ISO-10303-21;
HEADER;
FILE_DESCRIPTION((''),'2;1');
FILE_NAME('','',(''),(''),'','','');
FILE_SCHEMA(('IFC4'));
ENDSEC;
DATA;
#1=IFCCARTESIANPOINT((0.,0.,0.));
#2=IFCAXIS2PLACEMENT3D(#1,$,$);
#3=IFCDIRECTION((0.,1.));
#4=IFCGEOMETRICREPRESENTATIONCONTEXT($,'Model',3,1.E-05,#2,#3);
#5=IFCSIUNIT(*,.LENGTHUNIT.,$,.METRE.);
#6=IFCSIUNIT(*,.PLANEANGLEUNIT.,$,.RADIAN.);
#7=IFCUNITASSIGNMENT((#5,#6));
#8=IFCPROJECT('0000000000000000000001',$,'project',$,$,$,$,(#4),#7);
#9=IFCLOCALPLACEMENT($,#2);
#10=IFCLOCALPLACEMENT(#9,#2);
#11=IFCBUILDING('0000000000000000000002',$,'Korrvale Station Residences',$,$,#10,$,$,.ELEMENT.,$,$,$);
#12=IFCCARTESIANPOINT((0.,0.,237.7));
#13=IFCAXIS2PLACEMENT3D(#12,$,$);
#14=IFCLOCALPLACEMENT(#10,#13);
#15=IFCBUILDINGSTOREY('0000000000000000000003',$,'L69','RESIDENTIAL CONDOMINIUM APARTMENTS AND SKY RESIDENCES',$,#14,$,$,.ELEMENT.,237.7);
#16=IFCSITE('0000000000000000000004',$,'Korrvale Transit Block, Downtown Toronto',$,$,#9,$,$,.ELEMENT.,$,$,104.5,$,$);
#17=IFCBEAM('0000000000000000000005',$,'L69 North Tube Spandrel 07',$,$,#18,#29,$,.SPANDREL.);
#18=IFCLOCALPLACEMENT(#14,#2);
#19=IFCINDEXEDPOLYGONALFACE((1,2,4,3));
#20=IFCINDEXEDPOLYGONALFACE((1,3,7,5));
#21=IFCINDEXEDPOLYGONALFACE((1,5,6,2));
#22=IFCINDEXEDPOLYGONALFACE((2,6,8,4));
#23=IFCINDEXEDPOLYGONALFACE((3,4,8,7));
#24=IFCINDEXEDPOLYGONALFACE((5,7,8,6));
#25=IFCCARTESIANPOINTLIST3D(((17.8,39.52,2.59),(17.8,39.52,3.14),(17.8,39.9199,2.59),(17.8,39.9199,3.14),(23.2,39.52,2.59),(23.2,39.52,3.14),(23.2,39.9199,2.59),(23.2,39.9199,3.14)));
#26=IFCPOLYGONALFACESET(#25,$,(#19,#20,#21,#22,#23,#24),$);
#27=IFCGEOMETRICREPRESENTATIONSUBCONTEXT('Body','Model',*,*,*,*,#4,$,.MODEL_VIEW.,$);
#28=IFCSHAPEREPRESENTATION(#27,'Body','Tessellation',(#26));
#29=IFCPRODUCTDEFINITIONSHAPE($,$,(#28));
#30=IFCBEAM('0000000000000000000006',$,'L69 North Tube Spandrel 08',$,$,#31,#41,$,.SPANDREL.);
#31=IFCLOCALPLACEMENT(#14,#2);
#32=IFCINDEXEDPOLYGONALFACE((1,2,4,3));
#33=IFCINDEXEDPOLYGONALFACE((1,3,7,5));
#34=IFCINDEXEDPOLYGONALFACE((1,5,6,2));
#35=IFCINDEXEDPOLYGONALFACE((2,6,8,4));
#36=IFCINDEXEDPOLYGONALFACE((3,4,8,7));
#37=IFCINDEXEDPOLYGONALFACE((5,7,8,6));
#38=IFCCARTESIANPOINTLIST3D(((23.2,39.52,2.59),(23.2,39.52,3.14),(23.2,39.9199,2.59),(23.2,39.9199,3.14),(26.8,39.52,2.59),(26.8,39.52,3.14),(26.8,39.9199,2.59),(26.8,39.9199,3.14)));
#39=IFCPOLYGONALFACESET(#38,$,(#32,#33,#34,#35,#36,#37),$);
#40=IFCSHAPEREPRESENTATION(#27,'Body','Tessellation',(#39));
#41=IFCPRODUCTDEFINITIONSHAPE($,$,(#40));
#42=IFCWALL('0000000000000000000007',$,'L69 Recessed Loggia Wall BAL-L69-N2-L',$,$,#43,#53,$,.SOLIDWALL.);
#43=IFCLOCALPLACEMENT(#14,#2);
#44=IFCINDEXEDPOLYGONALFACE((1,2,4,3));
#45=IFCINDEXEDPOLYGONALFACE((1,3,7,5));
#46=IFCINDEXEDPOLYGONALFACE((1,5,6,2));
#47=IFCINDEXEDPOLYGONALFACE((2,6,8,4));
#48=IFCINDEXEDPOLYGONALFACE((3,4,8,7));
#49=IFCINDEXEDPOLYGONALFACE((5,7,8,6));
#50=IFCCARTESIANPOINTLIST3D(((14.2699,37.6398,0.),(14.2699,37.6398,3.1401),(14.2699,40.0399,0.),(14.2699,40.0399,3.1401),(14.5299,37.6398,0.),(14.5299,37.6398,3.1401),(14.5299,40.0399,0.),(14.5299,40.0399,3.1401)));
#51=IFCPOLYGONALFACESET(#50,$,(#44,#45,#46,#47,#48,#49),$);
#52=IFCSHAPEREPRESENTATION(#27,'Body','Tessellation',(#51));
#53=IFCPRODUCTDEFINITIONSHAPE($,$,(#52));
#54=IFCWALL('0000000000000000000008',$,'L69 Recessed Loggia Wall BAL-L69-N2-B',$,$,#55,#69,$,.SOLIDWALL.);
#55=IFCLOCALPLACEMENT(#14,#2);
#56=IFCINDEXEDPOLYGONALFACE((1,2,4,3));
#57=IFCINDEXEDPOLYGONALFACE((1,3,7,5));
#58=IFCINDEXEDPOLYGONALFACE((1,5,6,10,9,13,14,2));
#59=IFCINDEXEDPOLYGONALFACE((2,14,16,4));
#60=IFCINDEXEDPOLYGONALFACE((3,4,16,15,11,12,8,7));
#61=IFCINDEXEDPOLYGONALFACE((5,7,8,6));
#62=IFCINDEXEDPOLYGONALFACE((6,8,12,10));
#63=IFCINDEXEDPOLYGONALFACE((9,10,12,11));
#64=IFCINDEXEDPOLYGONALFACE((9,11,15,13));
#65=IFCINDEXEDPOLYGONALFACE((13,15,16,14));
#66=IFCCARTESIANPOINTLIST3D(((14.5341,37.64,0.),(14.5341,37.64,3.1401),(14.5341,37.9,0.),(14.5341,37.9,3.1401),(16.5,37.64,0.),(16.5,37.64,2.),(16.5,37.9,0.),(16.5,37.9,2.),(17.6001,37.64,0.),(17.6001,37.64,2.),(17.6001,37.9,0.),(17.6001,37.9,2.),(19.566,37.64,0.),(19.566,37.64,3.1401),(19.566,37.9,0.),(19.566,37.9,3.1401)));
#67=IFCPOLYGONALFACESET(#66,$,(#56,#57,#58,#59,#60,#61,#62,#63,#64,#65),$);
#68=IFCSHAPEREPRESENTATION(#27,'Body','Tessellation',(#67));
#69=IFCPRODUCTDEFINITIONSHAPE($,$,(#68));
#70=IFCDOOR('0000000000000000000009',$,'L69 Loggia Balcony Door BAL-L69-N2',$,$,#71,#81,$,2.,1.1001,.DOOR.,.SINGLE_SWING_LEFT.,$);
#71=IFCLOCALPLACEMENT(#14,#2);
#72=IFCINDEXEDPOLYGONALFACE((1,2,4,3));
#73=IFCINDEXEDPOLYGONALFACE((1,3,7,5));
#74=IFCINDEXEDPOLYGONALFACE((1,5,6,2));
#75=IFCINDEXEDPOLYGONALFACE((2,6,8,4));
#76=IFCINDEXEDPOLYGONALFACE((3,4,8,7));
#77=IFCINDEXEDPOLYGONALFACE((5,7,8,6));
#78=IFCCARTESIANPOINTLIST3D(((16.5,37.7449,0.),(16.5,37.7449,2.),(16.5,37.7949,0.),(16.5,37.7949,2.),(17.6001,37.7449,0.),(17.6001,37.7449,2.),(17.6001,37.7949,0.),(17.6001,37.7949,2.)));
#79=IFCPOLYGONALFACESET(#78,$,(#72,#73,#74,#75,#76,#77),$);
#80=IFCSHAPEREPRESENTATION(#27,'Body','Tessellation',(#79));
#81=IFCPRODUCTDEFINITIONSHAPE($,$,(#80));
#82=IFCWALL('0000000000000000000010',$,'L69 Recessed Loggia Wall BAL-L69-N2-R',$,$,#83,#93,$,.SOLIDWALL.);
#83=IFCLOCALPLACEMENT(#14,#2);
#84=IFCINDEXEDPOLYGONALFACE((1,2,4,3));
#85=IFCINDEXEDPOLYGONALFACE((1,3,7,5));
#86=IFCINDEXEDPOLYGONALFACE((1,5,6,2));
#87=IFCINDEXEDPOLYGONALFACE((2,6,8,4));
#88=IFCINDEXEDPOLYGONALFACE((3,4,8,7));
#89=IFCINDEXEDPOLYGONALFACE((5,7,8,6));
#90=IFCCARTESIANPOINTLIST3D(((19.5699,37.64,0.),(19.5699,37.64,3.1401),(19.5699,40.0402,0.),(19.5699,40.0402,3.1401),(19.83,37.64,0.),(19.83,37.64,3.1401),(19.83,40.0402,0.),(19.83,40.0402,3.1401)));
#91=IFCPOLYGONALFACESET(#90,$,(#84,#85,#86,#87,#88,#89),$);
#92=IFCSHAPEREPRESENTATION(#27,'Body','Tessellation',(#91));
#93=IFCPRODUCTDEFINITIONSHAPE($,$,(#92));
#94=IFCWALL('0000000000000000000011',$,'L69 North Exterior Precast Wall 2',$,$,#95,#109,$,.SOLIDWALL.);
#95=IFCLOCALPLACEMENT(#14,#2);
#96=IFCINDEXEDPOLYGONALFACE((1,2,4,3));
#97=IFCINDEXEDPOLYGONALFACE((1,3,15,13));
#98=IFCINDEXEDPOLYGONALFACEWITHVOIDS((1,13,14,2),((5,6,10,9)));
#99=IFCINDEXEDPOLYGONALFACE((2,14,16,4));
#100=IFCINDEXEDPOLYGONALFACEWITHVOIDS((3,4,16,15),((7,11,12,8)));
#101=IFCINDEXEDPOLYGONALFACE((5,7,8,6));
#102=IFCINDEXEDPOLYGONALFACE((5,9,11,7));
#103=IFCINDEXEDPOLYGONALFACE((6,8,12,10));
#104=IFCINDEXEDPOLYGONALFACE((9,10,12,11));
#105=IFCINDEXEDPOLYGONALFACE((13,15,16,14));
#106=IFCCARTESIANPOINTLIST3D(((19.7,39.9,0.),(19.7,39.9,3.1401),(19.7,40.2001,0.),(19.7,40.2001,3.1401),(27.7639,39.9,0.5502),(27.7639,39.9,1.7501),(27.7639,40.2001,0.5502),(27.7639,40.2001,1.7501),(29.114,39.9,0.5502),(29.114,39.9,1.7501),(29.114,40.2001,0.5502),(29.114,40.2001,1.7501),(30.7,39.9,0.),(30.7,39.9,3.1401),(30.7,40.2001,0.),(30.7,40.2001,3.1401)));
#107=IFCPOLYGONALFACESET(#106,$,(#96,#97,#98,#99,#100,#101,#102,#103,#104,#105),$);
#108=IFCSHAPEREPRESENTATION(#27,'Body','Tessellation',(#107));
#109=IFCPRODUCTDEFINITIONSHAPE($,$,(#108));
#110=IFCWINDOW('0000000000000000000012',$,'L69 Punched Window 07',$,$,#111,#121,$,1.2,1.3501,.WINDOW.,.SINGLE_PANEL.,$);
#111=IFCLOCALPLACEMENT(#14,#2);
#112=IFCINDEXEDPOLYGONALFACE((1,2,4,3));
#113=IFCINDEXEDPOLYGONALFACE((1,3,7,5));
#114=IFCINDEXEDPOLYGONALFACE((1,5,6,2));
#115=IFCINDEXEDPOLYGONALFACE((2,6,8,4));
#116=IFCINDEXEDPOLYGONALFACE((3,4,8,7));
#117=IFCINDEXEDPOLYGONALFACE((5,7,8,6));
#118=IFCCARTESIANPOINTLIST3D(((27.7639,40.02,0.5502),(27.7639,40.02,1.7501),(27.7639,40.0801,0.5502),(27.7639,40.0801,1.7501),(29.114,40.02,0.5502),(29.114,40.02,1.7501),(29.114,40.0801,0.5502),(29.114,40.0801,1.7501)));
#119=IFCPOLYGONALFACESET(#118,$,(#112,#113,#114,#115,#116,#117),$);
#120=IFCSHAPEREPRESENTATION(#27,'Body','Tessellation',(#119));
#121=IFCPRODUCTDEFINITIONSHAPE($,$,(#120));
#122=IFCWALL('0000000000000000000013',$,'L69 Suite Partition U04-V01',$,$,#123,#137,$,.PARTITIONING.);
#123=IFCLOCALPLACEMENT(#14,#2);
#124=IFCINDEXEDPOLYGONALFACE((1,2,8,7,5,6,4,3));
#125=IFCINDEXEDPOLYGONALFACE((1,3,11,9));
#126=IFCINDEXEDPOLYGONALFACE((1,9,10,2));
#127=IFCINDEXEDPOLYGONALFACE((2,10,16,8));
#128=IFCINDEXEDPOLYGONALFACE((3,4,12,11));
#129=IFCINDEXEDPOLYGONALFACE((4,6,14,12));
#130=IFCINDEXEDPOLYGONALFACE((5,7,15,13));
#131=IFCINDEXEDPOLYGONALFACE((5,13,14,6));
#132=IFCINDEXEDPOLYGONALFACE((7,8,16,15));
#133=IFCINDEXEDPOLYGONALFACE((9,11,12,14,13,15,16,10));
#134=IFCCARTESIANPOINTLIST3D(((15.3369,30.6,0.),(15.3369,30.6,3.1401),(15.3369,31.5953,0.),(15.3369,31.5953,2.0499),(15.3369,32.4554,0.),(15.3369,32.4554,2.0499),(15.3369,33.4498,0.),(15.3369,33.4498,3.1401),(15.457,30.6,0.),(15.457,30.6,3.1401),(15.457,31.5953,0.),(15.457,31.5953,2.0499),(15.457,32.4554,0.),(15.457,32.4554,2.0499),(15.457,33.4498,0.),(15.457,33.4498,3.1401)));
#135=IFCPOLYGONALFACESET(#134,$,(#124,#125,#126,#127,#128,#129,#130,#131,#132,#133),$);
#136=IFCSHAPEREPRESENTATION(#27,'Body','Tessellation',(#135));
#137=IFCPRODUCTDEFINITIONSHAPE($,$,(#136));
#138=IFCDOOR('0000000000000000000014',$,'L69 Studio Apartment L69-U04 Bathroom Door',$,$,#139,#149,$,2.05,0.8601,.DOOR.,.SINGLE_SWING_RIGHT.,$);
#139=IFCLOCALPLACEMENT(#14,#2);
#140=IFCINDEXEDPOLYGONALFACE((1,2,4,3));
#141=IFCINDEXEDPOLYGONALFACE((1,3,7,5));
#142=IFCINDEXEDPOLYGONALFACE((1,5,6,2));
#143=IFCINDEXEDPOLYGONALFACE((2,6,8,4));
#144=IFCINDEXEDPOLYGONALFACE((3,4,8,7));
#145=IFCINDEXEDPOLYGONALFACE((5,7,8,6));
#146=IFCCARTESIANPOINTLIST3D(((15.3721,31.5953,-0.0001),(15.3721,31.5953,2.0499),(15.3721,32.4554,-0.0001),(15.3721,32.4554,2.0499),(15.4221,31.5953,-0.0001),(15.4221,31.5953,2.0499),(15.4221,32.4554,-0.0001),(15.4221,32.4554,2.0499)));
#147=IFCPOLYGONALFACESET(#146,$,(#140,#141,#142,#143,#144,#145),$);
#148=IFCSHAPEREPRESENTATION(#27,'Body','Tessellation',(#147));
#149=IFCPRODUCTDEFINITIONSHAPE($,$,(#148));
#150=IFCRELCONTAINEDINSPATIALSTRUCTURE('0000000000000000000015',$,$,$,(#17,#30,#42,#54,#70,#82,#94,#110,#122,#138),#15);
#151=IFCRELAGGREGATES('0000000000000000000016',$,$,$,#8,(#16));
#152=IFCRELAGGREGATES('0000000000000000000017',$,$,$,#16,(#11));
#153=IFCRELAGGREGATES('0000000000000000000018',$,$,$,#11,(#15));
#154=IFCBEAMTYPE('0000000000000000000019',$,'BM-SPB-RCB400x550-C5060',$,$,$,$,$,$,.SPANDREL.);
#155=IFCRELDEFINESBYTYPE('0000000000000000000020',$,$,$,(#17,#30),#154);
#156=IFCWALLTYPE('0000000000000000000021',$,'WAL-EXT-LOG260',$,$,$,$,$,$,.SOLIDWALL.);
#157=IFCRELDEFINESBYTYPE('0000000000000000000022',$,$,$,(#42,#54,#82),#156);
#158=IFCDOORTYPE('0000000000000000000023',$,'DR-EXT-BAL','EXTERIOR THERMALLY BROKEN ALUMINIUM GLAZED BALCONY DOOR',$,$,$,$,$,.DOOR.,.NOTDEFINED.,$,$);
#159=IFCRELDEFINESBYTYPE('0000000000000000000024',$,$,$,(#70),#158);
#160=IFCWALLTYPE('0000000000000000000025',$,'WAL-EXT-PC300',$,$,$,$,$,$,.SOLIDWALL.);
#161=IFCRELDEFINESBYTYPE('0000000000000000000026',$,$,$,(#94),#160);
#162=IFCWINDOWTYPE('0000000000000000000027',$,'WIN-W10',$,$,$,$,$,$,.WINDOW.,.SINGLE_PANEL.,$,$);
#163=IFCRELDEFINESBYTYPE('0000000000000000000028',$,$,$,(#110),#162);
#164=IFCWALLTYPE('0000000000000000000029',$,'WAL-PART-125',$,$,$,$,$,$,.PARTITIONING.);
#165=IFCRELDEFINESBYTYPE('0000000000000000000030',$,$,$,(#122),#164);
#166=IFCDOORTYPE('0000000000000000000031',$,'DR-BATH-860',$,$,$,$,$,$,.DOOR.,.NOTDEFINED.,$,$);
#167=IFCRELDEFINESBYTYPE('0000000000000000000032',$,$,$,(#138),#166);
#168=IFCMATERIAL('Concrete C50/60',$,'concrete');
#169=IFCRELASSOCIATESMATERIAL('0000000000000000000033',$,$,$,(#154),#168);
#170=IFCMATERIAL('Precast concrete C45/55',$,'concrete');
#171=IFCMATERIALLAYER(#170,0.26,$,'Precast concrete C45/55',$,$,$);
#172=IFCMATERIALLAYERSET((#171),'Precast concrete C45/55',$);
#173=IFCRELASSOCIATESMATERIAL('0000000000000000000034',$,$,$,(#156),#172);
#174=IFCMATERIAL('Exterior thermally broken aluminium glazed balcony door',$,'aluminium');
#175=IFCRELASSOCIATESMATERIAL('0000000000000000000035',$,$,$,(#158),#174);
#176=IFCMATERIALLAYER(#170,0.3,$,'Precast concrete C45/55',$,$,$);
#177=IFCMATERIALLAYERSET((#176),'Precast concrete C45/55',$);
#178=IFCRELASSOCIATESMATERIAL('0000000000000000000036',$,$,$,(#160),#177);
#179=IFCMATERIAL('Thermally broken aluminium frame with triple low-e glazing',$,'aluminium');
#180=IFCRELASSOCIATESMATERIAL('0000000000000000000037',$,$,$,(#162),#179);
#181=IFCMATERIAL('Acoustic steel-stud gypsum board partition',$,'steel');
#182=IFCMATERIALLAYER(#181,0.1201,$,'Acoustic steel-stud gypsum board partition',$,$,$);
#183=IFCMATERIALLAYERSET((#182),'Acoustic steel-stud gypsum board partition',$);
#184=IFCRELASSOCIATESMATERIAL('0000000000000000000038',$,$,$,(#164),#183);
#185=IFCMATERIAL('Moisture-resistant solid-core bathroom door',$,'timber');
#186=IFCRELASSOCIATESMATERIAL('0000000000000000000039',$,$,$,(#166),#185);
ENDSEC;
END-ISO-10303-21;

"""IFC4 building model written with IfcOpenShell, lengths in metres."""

from ifc_helpers import new_model, si_unit, direction, frame, frame_2d, origin, origin_2d, place, context, subcontext, project, spatial, rectangle, extrude, material, layer, layer_set, material_profile, profile_set, type_object, element, fill, save


model = new_model("IFC4")

# Units and contexts
model_context = context("Model", 3, precision=1e-05, world=origin(), true_north=direction((0.0, 1.0)))
body_context = subcontext(model_context, "Body", "Model", "MODEL_VIEW")
ifc_project = project(units=[si_unit("LENGTHUNIT", "METRE"), si_unit("PLANEANGLEUNIT", "RADIAN")], contexts=[model_context])

# Site, building, storey
site_placement = place(None, origin())
site = spatial("IfcSite", under=ifc_project, at=site_placement, Name="Korrvale Transit Block, Downtown Toronto", CompositionType="ELEMENT", RefElevation=104.5)
building_placement = place(site_placement, origin())
building = spatial("IfcBuilding", under=site, at=building_placement, Name="Korrvale Station Residences", CompositionType="ELEMENT")
storey_placement = place(building_placement, frame((0.0, 0.0, 237.7)))
storey = spatial("IfcBuildingStorey", under=building, at=storey_placement, Name="L69", Description="RESIDENTIAL CONDOMINIUM APARTMENTS AND SKY RESIDENCES", CompositionType="ELEMENT", Elevation=237.7)

# Shared definitions
ifc_material_1 = material(Name="Concrete C50/60", Category="concrete")

# Beams
ifc_material_profile_1 = material_profile(ifc_material_1, rectangle(XDim=0.3999, YDim=0.55, at=origin_2d()), Name="RCB400x550")
ifc_profile_set_1 = profile_set([ifc_material_profile_1], Name="Concrete C50/60")
beam_type_1 = type_object("IfcBeamType", Name="BM-SPB-RCB400x550-C5060", PredefinedType="SPANDREL", material=ifc_profile_set_1)
beam_1_placement = place(storey_placement, frame((17.8, 39.72, 2.865), z_axis=(1.0, 0.0, 0.0), x_axis=(0.0, 1.0, 0.0)))
element("IfcBeam", 1, at=beam_1_placement, inside=storey, type_object=beam_type_1, Name="L69 North Tube Spandrel 07", PredefinedType="SPANDREL", context=body_context, shape_type="SweptSolid", body=[
    extrude(rectangle(XDim=0.3999, YDim=0.55, at=origin_2d()), origin(), (0.0, 0.0, 1.0), 5.3999),
])
beam_2_placement = place(storey_placement, frame((23.2, 39.72, 2.865), z_axis=(1.0, 0.0, 0.0), x_axis=(0.0, 1.0, 0.0)))
element("IfcBeam", 2, at=beam_2_placement, inside=storey, type_object=beam_type_1, Name="L69 North Tube Spandrel 08", PredefinedType="SPANDREL", context=body_context, shape_type="SweptSolid", body=[
    extrude(rectangle(XDim=0.3999, YDim=0.55, at=origin_2d()), origin(), (0.0, 0.0, 1.0), 3.6001),
])

# Wall
ifc_material_2 = material(Name="Precast concrete C45/55", Category="concrete")
ifc_layer_1 = layer(ifc_material_2, 0.26, Name="Precast concrete C45/55")
ifc_layer_set_1 = layer_set([ifc_layer_1], Name="Precast concrete C45/55")
wall_type_1 = type_object("IfcWallType", Name="WAL-EXT-LOG260", PredefinedType="SOLIDWALL", material=ifc_layer_set_1)
wall_1_placement = place(storey_placement, frame((14.3999, 40.04, 0.0), z_axis=(0.0, 0.0, 1.0), x_axis=(0.0, -1.0, 0.0)))
element("IfcWall", 3, at=wall_1_placement, inside=storey, type_object=wall_type_1, Name="L69 Recessed Loggia Wall BAL-L69-N2-L", PredefinedType="SOLIDWALL", context=body_context, shape_type="SweptSolid", body=[
    extrude(rectangle(XDim=2.4001, YDim=0.26, at=frame_2d((1.2002, 0.0))), origin(), (0.0, 0.0, 1.0), 3.1401),
])

# Wall, opening, door
wall_2_placement = place(storey_placement, frame((14.5339, 37.77, 0.0), z_axis=(0.0, 0.0, 1.0), x_axis=(1.0, 0.0, 0.0)))
wall_2 = element("IfcWall", 4, at=wall_2_placement, inside=storey, type_object=wall_type_1, Name="L69 Recessed Loggia Wall BAL-L69-N2-B", PredefinedType="SOLIDWALL", context=body_context, shape_type="SweptSolid", body=[
    extrude(rectangle(XDim=5.032, YDim=0.26, at=frame_2d((2.5161, 0.0))), origin(), (0.0, 0.0, 1.0), 3.1401),
])
opening_1_placement = place(wall_2_placement, frame((1.9661, 0.0, 0.0)))
opening_1 = element("IfcOpeningElement", 5, at=opening_1_placement, cuts=wall_2, PredefinedType="OPENING", context=body_context, shape_type="SweptSolid", body=[
    extrude(rectangle(XDim=1.1001, YDim=2.0, at=frame_2d((0.55, 1.0))), frame((0.0, 0.1401, 0.0), z_axis=(0.0, -1.0, 0.0), x_axis=(1.0, 0.0, 0.0)), (0.0, 0.0, 1.0), 0.28),
])
ifc_material_3 = material(Name="Exterior thermally broken aluminium glazed balcony door", Category="aluminium")
door_type_1 = type_object("IfcDoorType", Name="DR-EXT-BAL", Description="EXTERIOR THERMALLY BROKEN ALUMINIUM GLAZED BALCONY DOOR", OperationType="NOTDEFINED", PredefinedType="DOOR", material=ifc_material_3)
door_1_placement = place(opening_1_placement, origin())
door_1 = element("IfcDoor", 6, at=door_1_placement, inside=storey, type_object=door_type_1, Name="L69 Loggia Balcony Door BAL-L69-N2", OperationType="SINGLE_SWING_LEFT", OverallHeight=2.0, OverallWidth=1.1001, PredefinedType="DOOR", context=body_context, shape_type="SweptSolid", body=[
    extrude(rectangle(XDim=1.1001, YDim=2.0, at=frame_2d((0.55, 1.0))), frame((0.0, 0.0249, 0.0), z_axis=(0.0, -1.0, 0.0), x_axis=(1.0, 0.0, 0.0)), (0.0, 0.0, 1.0), 0.05),
])
fill(opening_1, door_1)

# Wall
wall_3_placement = place(storey_placement, frame((19.7, 37.6399, 0.0), z_axis=(0.0, 0.0, 1.0), x_axis=(0.0, 1.0, 0.0)))
element("IfcWall", 7, at=wall_3_placement, inside=storey, type_object=wall_type_1, Name="L69 Recessed Loggia Wall BAL-L69-N2-R", PredefinedType="SOLIDWALL", context=body_context, shape_type="SweptSolid", body=[
    extrude(rectangle(XDim=2.4001, YDim=0.26, at=frame_2d((1.2002, 0.0))), origin(), (0.0, 0.0, 1.0), 3.1401),
])

# Wall, opening, window
ifc_layer_2 = layer(ifc_material_2, 0.3, Name="Precast concrete C45/55")
ifc_layer_set_2 = layer_set([ifc_layer_2], Name="Precast concrete C45/55")
wall_type_2 = type_object("IfcWallType", Name="WAL-EXT-PC300", PredefinedType="SOLIDWALL", material=ifc_layer_set_2)
wall_4_placement = place(storey_placement, frame((19.7, 40.05, 0.0), z_axis=(0.0, 0.0, 1.0), x_axis=(1.0, 0.0, 0.0)))
wall_4 = element("IfcWall", 8, at=wall_4_placement, inside=storey, type_object=wall_type_2, Name="L69 North Exterior Precast Wall 2", PredefinedType="SOLIDWALL", context=body_context, shape_type="SweptSolid", body=[
    extrude(rectangle(XDim=11.0, YDim=0.3, at=frame_2d((5.5, 0.0))), origin(), (0.0, 0.0, 1.0), 3.1401),
])
opening_2_placement = place(wall_4_placement, frame((8.064, 0.0, 0.55)))
opening_2 = element("IfcOpeningElement", 9, at=opening_2_placement, cuts=wall_4, PredefinedType="OPENING", context=body_context, shape_type="SweptSolid", body=[
    extrude(rectangle(XDim=1.3501, YDim=1.2, at=frame_2d((0.675, 0.6001))), frame((0.0, 0.1602, 0.0), z_axis=(0.0, -1.0, 0.0), x_axis=(1.0, 0.0, 0.0)), (0.0, 0.0, 1.0), 0.3201),
])
ifc_material_4 = material(Name="Thermally broken aluminium frame with triple low-e glazing", Category="aluminium")
window_type = type_object("IfcWindowType", Name="WIN-W10", PartitioningType="SINGLE_PANEL", PredefinedType="WINDOW", material=ifc_material_4)
window_placement = place(opening_2_placement, origin())
window = element("IfcWindow", 10, at=window_placement, inside=storey, type_object=window_type, Name="L69 Punched Window 07", OverallHeight=1.2, OverallWidth=1.3501, PartitioningType="SINGLE_PANEL", PredefinedType="WINDOW", context=body_context, shape_type="SweptSolid", body=[
    extrude(rectangle(XDim=1.3501, YDim=1.2, at=frame_2d((0.675, 0.6001))), frame((0.0, 0.03, 0.0), z_axis=(0.0, -1.0, 0.0), x_axis=(1.0, 0.0, 0.0)), (0.0, 0.0, 1.0), 0.0601),
])
fill(opening_2, window)

# Wall, opening, door
ifc_material_5 = material(Name="Acoustic steel-stud gypsum board partition", Category="steel")
ifc_layer_3 = layer(ifc_material_5, 0.1201, Name="Acoustic steel-stud gypsum board partition")
ifc_layer_set_3 = layer_set([ifc_layer_3], Name="Acoustic steel-stud gypsum board partition")
wall_type_3 = type_object("IfcWallType", Name="WAL-PART-125", PredefinedType="PARTITIONING", material=ifc_layer_set_3)
wall_5_placement = place(storey_placement, frame((15.397, 30.6001, 0.0), z_axis=(0.0, 0.0, 1.0), x_axis=(0.0, 1.0, 0.0)))
wall_5 = element("IfcWall", 11, at=wall_5_placement, inside=storey, type_object=wall_type_3, Name="L69 Suite Partition U04-V01", PredefinedType="PARTITIONING", context=body_context, shape_type="SweptSolid", body=[
    extrude(rectangle(XDim=2.8499, YDim=0.1201, at=frame_2d((1.4248, 0.0))), origin(), (0.0, 0.0, 1.0), 3.1401),
])
opening_3_placement = place(wall_5_placement, frame((0.9951, 0.0, 0.0)))
opening_3 = element("IfcOpeningElement", 12, at=opening_3_placement, cuts=wall_5, PredefinedType="OPENING", context=body_context, shape_type="SweptSolid", body=[
    extrude(rectangle(XDim=0.8601, YDim=2.05, at=frame_2d((0.4302, 1.0249))), frame((0.0, 0.0701, 0.0), z_axis=(0.0, -1.0, 0.0), x_axis=(1.0, 0.0, 0.0)), (0.0, 0.0, 1.0), 0.1401),
])
ifc_material_6 = material(Name="Moisture-resistant solid-core bathroom door", Category="timber")
door_type_2 = type_object("IfcDoorType", Name="DR-BATH-860", OperationType="NOTDEFINED", PredefinedType="DOOR", material=ifc_material_6)
door_2_placement = place(opening_3_placement, origin())
door_2 = element("IfcDoor", 13, at=door_2_placement, inside=storey, type_object=door_type_2, Name="L69 Studio Apartment L69-U04 Bathroom Door", OperationType="SINGLE_SWING_RIGHT", OverallHeight=2.05, OverallWidth=0.8601, PredefinedType="DOOR", context=body_context, shape_type="SweptSolid", body=[
    extrude(rectangle(XDim=0.8601, YDim=2.05, at=frame_2d((0.4302, 1.0249))), frame((0.0, 0.0249, 0.0), z_axis=(0.0, -1.0, 0.0), x_axis=(1.0, 0.0, 0.0)), (0.0, 0.0, 1.0), 0.05),
])
fill(opening_3, door_2)

save(model, "model.ifc")
